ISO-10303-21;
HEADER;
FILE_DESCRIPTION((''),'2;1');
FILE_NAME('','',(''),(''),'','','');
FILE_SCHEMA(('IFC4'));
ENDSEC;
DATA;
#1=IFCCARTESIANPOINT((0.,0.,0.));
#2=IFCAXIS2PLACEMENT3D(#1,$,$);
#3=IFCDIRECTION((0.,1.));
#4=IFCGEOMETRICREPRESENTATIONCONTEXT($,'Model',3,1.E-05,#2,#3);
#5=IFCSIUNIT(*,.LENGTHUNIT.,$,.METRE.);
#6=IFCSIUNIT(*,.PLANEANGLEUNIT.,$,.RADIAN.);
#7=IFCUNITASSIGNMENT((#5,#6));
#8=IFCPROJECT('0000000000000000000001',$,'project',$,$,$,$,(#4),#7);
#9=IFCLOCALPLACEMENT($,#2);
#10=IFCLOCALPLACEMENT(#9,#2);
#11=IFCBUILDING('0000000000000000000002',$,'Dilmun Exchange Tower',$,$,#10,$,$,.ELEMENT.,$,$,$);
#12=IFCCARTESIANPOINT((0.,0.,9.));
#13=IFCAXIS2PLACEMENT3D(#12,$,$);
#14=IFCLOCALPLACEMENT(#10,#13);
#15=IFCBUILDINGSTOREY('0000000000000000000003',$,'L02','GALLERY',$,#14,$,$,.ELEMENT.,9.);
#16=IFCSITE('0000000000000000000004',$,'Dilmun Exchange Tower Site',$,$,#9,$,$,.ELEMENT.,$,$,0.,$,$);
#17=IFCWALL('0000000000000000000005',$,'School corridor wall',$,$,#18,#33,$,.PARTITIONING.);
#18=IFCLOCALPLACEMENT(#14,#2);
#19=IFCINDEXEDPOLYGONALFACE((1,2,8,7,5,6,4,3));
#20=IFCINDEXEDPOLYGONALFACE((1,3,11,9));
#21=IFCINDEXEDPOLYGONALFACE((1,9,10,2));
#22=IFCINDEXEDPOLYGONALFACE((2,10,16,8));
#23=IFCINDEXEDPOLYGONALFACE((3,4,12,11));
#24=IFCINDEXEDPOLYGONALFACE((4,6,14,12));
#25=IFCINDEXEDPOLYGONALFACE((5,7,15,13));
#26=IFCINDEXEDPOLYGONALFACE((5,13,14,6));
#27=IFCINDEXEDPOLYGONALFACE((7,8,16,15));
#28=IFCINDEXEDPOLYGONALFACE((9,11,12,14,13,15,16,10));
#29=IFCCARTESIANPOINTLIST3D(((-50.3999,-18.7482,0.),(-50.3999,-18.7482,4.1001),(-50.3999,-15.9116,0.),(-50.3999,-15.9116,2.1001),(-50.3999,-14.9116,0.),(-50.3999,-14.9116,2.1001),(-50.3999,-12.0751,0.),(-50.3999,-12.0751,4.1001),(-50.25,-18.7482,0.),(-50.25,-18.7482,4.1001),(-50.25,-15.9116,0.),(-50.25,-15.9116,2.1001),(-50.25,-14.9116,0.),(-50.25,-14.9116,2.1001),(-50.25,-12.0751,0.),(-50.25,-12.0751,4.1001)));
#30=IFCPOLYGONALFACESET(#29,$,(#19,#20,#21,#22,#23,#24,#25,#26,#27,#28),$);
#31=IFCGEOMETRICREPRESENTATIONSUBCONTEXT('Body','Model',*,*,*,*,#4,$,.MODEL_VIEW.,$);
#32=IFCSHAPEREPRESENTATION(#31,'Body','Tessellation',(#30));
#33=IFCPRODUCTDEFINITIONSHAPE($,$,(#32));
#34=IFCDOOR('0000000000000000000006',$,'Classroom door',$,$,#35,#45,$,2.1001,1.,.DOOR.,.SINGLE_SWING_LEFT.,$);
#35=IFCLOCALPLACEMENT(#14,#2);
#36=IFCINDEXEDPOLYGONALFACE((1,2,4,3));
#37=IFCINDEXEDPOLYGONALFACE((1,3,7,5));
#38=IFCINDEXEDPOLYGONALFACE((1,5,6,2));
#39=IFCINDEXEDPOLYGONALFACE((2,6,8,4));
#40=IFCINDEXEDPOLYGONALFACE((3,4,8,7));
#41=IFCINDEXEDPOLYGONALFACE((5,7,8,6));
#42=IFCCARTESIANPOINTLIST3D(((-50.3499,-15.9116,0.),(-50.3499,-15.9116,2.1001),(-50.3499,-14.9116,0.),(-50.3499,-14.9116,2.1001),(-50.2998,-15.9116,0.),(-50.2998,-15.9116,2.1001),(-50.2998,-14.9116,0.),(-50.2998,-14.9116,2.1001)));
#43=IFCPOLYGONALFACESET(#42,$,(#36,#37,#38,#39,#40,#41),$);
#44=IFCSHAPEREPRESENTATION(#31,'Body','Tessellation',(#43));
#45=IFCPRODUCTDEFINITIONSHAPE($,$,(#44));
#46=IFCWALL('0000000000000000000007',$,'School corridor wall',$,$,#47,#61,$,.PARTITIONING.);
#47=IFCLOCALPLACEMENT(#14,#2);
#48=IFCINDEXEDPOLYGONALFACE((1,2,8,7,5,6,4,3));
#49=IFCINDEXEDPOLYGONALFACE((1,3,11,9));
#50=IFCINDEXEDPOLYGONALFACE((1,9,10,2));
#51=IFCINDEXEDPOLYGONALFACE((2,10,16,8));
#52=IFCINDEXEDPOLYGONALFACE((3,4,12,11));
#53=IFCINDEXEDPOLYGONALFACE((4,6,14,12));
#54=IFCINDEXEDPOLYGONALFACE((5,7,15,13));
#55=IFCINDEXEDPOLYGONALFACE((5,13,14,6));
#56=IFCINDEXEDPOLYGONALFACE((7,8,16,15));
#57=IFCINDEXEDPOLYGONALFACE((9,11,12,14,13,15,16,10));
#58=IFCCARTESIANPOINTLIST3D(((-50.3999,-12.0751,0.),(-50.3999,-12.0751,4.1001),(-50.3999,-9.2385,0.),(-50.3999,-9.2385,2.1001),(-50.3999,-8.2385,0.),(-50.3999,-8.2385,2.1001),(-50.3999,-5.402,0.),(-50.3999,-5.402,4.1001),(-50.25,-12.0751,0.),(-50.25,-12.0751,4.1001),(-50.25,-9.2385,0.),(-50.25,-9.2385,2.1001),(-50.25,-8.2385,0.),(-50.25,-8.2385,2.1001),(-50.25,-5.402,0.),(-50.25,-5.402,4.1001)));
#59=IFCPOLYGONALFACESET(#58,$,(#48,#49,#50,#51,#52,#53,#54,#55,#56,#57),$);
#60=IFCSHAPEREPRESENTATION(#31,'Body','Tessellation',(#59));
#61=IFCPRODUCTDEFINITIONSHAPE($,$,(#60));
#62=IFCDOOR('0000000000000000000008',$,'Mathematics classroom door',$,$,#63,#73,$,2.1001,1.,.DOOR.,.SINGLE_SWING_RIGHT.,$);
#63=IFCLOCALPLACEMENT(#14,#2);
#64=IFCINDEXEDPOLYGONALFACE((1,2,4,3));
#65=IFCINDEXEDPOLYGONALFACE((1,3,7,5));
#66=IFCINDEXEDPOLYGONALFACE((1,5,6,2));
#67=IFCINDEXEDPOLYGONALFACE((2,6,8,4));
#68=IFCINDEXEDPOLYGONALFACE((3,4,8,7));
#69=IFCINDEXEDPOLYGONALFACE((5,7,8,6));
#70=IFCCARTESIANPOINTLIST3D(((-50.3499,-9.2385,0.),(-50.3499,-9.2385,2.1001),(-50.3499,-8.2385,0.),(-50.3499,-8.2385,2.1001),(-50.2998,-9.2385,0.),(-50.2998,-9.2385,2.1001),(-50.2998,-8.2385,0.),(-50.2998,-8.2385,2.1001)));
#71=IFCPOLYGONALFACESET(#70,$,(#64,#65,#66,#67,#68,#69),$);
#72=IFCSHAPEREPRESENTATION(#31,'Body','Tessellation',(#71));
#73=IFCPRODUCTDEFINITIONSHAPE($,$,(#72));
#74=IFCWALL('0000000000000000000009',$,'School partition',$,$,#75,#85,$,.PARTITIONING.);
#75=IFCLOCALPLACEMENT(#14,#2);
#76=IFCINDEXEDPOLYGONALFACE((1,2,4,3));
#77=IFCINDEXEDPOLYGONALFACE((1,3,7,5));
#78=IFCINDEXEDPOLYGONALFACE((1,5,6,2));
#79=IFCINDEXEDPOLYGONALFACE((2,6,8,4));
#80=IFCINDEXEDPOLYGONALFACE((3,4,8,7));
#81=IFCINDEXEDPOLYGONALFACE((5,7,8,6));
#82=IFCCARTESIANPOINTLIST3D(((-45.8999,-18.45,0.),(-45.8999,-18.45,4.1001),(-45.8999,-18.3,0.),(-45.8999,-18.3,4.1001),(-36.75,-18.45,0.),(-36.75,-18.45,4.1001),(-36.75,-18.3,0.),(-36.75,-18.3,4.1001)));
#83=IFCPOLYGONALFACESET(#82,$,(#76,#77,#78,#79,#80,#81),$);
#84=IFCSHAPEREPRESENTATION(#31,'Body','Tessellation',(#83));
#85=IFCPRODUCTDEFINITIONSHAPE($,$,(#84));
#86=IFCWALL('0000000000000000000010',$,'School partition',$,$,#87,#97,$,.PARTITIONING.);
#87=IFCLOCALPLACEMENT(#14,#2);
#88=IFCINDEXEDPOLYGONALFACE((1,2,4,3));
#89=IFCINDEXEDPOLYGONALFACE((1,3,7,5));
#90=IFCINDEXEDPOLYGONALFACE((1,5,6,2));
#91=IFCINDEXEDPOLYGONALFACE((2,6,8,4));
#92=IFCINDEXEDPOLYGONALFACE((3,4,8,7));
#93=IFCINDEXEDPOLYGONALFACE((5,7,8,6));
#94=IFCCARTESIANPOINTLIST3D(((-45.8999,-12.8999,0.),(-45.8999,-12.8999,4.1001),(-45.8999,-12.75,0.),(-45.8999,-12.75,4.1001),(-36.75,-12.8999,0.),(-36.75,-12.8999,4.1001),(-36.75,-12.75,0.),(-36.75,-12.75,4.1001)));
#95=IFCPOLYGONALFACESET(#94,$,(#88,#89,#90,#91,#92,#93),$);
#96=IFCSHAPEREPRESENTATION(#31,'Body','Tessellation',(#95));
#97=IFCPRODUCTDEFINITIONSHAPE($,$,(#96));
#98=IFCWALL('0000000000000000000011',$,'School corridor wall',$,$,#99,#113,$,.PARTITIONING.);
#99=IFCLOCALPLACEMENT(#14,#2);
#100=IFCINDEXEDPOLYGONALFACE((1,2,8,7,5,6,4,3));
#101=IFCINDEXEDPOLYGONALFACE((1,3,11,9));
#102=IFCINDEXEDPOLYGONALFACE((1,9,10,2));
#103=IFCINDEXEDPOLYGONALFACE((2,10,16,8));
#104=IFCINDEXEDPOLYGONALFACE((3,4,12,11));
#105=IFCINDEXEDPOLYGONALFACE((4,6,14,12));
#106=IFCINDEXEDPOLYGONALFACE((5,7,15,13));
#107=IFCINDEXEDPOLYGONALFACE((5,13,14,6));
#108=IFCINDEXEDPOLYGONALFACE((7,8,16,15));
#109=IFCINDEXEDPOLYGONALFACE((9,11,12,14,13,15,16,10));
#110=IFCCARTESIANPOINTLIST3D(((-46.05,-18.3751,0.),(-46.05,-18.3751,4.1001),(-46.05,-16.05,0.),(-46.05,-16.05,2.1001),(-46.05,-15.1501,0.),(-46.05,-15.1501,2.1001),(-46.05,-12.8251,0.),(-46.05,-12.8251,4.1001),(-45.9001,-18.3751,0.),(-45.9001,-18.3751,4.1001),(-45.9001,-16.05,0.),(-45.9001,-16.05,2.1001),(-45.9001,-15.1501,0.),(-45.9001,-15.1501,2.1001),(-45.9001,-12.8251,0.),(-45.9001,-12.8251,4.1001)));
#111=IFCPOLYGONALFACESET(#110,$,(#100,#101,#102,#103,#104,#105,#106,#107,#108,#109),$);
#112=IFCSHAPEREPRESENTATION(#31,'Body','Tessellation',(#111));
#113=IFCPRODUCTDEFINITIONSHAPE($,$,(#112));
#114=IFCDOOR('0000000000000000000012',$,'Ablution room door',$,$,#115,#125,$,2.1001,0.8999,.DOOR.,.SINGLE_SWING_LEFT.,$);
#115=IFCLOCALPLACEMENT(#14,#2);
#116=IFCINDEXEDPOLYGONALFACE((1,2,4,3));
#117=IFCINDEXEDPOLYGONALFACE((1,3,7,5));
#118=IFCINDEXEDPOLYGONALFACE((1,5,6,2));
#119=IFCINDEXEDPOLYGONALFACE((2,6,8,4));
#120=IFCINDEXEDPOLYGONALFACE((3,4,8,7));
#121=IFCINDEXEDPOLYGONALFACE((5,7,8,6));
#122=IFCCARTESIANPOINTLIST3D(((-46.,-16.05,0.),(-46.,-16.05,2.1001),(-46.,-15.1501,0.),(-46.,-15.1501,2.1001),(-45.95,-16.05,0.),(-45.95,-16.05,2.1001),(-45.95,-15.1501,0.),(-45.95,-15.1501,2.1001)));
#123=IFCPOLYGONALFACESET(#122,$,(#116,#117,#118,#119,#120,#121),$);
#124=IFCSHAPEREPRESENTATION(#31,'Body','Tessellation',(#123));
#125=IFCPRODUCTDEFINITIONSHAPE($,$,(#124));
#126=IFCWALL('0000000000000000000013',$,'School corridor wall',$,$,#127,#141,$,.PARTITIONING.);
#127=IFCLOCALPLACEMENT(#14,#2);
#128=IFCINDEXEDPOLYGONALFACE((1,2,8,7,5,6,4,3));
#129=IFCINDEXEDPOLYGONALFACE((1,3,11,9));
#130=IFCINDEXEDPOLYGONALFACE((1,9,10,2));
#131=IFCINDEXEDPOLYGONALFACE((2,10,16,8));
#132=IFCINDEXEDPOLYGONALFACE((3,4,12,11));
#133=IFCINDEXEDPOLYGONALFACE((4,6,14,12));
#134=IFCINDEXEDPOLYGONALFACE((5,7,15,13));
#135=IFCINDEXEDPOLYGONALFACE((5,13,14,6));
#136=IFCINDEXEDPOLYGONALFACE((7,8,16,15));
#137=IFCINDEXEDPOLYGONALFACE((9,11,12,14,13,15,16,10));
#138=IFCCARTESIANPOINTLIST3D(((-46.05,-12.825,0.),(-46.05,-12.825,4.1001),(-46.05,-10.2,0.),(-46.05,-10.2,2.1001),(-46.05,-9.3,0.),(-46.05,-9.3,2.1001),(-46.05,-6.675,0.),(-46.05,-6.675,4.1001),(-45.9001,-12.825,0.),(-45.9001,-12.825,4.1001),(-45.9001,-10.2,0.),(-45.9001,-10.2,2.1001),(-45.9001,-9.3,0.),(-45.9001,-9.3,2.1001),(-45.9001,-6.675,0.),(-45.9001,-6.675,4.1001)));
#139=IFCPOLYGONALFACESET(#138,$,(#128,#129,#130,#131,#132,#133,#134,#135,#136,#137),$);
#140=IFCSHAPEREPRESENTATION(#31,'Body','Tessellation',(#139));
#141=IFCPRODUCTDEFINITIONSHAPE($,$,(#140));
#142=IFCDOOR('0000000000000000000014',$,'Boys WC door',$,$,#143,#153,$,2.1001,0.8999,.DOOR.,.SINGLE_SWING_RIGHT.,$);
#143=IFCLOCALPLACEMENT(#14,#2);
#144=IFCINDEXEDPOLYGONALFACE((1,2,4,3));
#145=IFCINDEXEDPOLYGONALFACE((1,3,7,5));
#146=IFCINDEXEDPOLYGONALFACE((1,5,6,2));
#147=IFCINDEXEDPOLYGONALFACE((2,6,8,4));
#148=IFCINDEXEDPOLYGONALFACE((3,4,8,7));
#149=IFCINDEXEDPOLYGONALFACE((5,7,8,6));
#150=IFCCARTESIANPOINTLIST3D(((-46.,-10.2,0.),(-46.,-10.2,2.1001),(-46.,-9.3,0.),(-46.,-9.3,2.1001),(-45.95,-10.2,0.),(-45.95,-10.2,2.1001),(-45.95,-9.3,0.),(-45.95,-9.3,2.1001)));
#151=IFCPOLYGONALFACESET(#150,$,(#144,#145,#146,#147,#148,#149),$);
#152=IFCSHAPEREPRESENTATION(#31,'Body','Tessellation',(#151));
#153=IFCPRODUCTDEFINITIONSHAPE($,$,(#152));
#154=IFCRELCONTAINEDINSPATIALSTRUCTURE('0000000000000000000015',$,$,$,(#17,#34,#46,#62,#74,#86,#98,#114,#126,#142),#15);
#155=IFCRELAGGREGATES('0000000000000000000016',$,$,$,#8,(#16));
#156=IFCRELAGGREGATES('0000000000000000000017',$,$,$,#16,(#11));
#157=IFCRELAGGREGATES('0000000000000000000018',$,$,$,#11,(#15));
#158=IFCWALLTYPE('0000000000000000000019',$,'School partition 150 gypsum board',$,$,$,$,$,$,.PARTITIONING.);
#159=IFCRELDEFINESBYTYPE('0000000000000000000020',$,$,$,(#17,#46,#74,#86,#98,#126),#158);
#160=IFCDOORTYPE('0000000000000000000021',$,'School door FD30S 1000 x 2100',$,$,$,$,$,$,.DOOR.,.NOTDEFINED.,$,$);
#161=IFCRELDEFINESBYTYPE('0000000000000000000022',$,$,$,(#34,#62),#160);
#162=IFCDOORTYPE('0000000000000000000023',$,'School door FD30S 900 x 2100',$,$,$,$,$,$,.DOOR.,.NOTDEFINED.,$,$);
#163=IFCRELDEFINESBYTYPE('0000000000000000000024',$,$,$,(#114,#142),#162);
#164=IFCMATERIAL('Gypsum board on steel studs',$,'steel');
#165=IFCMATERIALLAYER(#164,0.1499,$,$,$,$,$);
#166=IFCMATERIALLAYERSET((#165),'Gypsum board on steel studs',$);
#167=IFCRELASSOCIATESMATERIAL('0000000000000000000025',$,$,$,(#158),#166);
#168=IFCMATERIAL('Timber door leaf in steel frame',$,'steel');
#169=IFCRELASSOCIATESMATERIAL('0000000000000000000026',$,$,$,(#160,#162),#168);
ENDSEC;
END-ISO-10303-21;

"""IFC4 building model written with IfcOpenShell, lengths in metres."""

from ifc_helpers import new_model, si_unit, direction, frame, frame_2d, origin, place, context, subcontext, project, spatial, rectangle, extrude, material, layer, layer_set, type_object, element, fill, save


model = new_model("IFC4")

# Units and contexts
model_context = context("Model", 3, precision=1e-05, world=origin(), true_north=direction((0.0, 1.0)))
body_context = subcontext(model_context, "Body", "Model", "MODEL_VIEW")
ifc_project = project(units=[si_unit("LENGTHUNIT", "METRE"), si_unit("PLANEANGLEUNIT", "RADIAN")], contexts=[model_context])

# Site, building, storey
site_placement = place(None, origin())
site = spatial("IfcSite", under=ifc_project, at=site_placement, Name="Dilmun Exchange Tower Site", CompositionType="ELEMENT", RefElevation=0.0)
building_placement = place(site_placement, origin())
building = spatial("IfcBuilding", under=site, at=building_placement, Name="Dilmun Exchange Tower", CompositionType="ELEMENT")
storey_placement = place(building_placement, frame((0.0, 0.0, 9.0)))
storey = spatial("IfcBuildingStorey", under=building, at=storey_placement, Name="L02", Description="GALLERY", CompositionType="ELEMENT", Elevation=9.0)

# Shared definitions
ifc_material_1 = material(Name="Gypsum board on steel studs", Category="steel")
ifc_layer_1 = layer(ifc_material_1, 0.1499)
ifc_layer_set_1 = layer_set([ifc_layer_1], Name="Gypsum board on steel studs")
wall_type_1 = type_object("IfcWallType", Name="School partition 150 gypsum board", PredefinedType="PARTITIONING", material=ifc_layer_set_1)

# Walls, openings, doors
wall_1_placement = place(storey_placement, frame((-50.325, -18.748, 0.0), z_axis=(0.0, 0.0, 1.0), x_axis=(0.0, 1.0, 0.0)))
wall_1 = element("IfcWall", 1, at=wall_1_placement, inside=storey, type_object=wall_type_1, Name="School corridor wall", PredefinedType="PARTITIONING", context=body_context, shape_type="SweptSolid", body=[
    extrude(rectangle(XDim=6.6731, YDim=0.1499, at=frame_2d((3.3364, 0.0))), origin(), (0.0, 0.0, 1.0), 4.1001),
])
opening_1_placement = place(wall_1_placement, frame((2.8364, 0.0, 0.0)))
opening_1 = element("IfcOpeningElement", 2, at=opening_1_placement, cuts=wall_1, PredefinedType="OPENING", context=body_context, shape_type="SweptSolid", body=[
    extrude(rectangle(XDim=1.0, YDim=2.1001, at=frame_2d((0.5, 1.05))), frame((0.0, 0.085, 0.0), z_axis=(0.0, -1.0, 0.0), x_axis=(1.0, 0.0, 0.0)), (0.0, 0.0, 1.0), 0.1699),
])
ifc_material_2 = material(Name="Timber door leaf in steel frame", Category="steel")
door_type_1 = type_object("IfcDoorType", Name="School door FD30S 1000 x 2100", OperationType="NOTDEFINED", PredefinedType="DOOR", material=ifc_material_2)
door_1_placement = place(opening_1_placement, origin())
door_1 = element("IfcDoor", 3, at=door_1_placement, inside=storey, type_object=door_type_1, Name="Classroom door", OperationType="SINGLE_SWING_LEFT", OverallHeight=2.1001, OverallWidth=1.0, PredefinedType="DOOR", context=body_context, shape_type="SweptSolid", body=[
    extrude(rectangle(XDim=1.0, YDim=2.1001, at=frame_2d((0.5, 1.05))), frame((0.0, 0.0249, 0.0), z_axis=(0.0, -1.0, 0.0), x_axis=(1.0, 0.0, 0.0)), (0.0, 0.0, 1.0), 0.05),
])
fill(opening_1, door_1)
wall_2_placement = place(storey_placement, frame((-50.325, -12.075, 0.0), z_axis=(0.0, 0.0, 1.0), x_axis=(0.0, 1.0, 0.0)))
wall_2 = element("IfcWall", 4, at=wall_2_placement, inside=storey, type_object=wall_type_1, Name="School corridor wall", PredefinedType="PARTITIONING", context=body_context, shape_type="SweptSolid", body=[
    extrude(rectangle(XDim=6.6731, YDim=0.1499, at=frame_2d((3.3364, 0.0))), origin(), (0.0, 0.0, 1.0), 4.1001),
])
opening_2_placement = place(wall_2_placement, frame((2.8364, 0.0, 0.0)))
opening_2 = element("IfcOpeningElement", 5, at=opening_2_placement, cuts=wall_2, PredefinedType="OPENING", context=body_context, shape_type="SweptSolid", body=[
    extrude(rectangle(XDim=1.0, YDim=2.1001, at=frame_2d((0.5, 1.05))), frame((0.0, 0.085, 0.0), z_axis=(0.0, -1.0, 0.0), x_axis=(1.0, 0.0, 0.0)), (0.0, 0.0, 1.0), 0.1699),
])
door_2_placement = place(opening_2_placement, origin())
door_2 = element("IfcDoor", 6, at=door_2_placement, inside=storey, type_object=door_type_1, Name="Mathematics classroom door", OperationType="SINGLE_SWING_RIGHT", OverallHeight=2.1001, OverallWidth=1.0, PredefinedType="DOOR", context=body_context, shape_type="SweptSolid", body=[
    extrude(rectangle(XDim=1.0, YDim=2.1001, at=frame_2d((0.5, 1.05))), frame((0.0, 0.0249, 0.0), z_axis=(0.0, -1.0, 0.0), x_axis=(1.0, 0.0, 0.0)), (0.0, 0.0, 1.0), 0.05),
])
fill(opening_2, door_2)

# Walls
for number, where, z_axis, x_axis, name in (
    (7, (-45.8999, -18.375, 0.0), (0.0, 0.0, 1.0), (1.0, 0.0, 0.0), "School partition"),
    (8, (-45.8999, -12.825, 0.0), (0.0, 0.0, 1.0), (1.0, 0.0, 0.0), "School partition"),
):
    element("IfcWall", number, at=place(storey_placement, frame(where, z_axis=z_axis, x_axis=x_axis)), inside=storey, type_object=wall_type_1, Name=name, PredefinedType="PARTITIONING", context=body_context, shape_type="SweptSolid", body=[
        extrude(rectangle(XDim=9.1499, YDim=0.1499, at=frame_2d((4.575, 0.0))), origin(), (0.0, 0.0, 1.0), 4.1001),
    ])

# Walls, openings, doors
wall_3_placement = place(storey_placement, frame((-45.9751, -18.375, 0.0), z_axis=(0.0, 0.0, 1.0), x_axis=(0.0, 1.0, 0.0)))
wall_3 = element("IfcWall", 9, at=wall_3_placement, inside=storey, type_object=wall_type_1, Name="School corridor wall", PredefinedType="PARTITIONING", context=body_context, shape_type="SweptSolid", body=[
    extrude(rectangle(XDim=5.55, YDim=0.1499, at=frame_2d((2.7749, 0.0))), origin(), (0.0, 0.0, 1.0), 4.1001),
])
opening_3_placement = place(wall_3_placement, frame((2.325, 0.0, 0.0)))
opening_3 = element("IfcOpeningElement", 10, at=opening_3_placement, cuts=wall_3, PredefinedType="OPENING", context=body_context, shape_type="SweptSolid", body=[
    extrude(rectangle(XDim=0.8999, YDim=2.1001, at=frame_2d((0.45, 1.05))), frame((0.0, 0.085, 0.0), z_axis=(0.0, -1.0, 0.0), x_axis=(1.0, 0.0, 0.0)), (0.0, 0.0, 1.0), 0.1699),
])
door_type_2 = type_object("IfcDoorType", Name="School door FD30S 900 x 2100", OperationType="NOTDEFINED", PredefinedType="DOOR", material=ifc_material_2)
door_3_placement = place(opening_3_placement, origin())
door_3 = element("IfcDoor", 11, at=door_3_placement, inside=storey, type_object=door_type_2, Name="Ablution room door", OperationType="SINGLE_SWING_LEFT", OverallHeight=2.1001, OverallWidth=0.8999, PredefinedType="DOOR", context=body_context, shape_type="SweptSolid", body=[
    extrude(rectangle(XDim=0.8999, YDim=2.1001, at=frame_2d((0.45, 1.05))), frame((0.0, 0.0249, 0.0), z_axis=(0.0, -1.0, 0.0), x_axis=(1.0, 0.0, 0.0)), (0.0, 0.0, 1.0), 0.05),
])
fill(opening_3, door_3)
wall_4_placement = place(storey_placement, frame((-45.9751, -12.825, 0.0), z_axis=(0.0, 0.0, 1.0), x_axis=(0.0, 1.0, 0.0)))
wall_4 = element("IfcWall", 12, at=wall_4_placement, inside=storey, type_object=wall_type_1, Name="School corridor wall", PredefinedType="PARTITIONING", context=body_context, shape_type="SweptSolid", body=[
    extrude(rectangle(XDim=6.1499, YDim=0.1499, at=frame_2d((3.075, 0.0))), origin(), (0.0, 0.0, 1.0), 4.1001),
])
opening_4_placement = place(wall_4_placement, frame((2.625, 0.0, 0.0)))
opening_4 = element("IfcOpeningElement", 13, at=opening_4_placement, cuts=wall_4, PredefinedType="OPENING", context=body_context, shape_type="SweptSolid", body=[
    extrude(rectangle(XDim=0.8999, YDim=2.1001, at=frame_2d((0.45, 1.05))), frame((0.0, 0.085, 0.0), z_axis=(0.0, -1.0, 0.0), x_axis=(1.0, 0.0, 0.0)), (0.0, 0.0, 1.0), 0.1699),
])
door_4_placement = place(opening_4_placement, origin())
door_4 = element("IfcDoor", 14, at=door_4_placement, inside=storey, type_object=door_type_2, Name="Boys WC door", OperationType="SINGLE_SWING_RIGHT", OverallHeight=2.1001, OverallWidth=0.8999, PredefinedType="DOOR", context=body_context, shape_type="SweptSolid", body=[
    extrude(rectangle(XDim=0.8999, YDim=2.1001, at=frame_2d((0.45, 1.05))), frame((0.0, 0.0249, 0.0), z_axis=(0.0, -1.0, 0.0), x_axis=(1.0, 0.0, 0.0)), (0.0, 0.0, 1.0), 0.05),
])
fill(opening_4, door_4)

save(model, "model.ifc")
